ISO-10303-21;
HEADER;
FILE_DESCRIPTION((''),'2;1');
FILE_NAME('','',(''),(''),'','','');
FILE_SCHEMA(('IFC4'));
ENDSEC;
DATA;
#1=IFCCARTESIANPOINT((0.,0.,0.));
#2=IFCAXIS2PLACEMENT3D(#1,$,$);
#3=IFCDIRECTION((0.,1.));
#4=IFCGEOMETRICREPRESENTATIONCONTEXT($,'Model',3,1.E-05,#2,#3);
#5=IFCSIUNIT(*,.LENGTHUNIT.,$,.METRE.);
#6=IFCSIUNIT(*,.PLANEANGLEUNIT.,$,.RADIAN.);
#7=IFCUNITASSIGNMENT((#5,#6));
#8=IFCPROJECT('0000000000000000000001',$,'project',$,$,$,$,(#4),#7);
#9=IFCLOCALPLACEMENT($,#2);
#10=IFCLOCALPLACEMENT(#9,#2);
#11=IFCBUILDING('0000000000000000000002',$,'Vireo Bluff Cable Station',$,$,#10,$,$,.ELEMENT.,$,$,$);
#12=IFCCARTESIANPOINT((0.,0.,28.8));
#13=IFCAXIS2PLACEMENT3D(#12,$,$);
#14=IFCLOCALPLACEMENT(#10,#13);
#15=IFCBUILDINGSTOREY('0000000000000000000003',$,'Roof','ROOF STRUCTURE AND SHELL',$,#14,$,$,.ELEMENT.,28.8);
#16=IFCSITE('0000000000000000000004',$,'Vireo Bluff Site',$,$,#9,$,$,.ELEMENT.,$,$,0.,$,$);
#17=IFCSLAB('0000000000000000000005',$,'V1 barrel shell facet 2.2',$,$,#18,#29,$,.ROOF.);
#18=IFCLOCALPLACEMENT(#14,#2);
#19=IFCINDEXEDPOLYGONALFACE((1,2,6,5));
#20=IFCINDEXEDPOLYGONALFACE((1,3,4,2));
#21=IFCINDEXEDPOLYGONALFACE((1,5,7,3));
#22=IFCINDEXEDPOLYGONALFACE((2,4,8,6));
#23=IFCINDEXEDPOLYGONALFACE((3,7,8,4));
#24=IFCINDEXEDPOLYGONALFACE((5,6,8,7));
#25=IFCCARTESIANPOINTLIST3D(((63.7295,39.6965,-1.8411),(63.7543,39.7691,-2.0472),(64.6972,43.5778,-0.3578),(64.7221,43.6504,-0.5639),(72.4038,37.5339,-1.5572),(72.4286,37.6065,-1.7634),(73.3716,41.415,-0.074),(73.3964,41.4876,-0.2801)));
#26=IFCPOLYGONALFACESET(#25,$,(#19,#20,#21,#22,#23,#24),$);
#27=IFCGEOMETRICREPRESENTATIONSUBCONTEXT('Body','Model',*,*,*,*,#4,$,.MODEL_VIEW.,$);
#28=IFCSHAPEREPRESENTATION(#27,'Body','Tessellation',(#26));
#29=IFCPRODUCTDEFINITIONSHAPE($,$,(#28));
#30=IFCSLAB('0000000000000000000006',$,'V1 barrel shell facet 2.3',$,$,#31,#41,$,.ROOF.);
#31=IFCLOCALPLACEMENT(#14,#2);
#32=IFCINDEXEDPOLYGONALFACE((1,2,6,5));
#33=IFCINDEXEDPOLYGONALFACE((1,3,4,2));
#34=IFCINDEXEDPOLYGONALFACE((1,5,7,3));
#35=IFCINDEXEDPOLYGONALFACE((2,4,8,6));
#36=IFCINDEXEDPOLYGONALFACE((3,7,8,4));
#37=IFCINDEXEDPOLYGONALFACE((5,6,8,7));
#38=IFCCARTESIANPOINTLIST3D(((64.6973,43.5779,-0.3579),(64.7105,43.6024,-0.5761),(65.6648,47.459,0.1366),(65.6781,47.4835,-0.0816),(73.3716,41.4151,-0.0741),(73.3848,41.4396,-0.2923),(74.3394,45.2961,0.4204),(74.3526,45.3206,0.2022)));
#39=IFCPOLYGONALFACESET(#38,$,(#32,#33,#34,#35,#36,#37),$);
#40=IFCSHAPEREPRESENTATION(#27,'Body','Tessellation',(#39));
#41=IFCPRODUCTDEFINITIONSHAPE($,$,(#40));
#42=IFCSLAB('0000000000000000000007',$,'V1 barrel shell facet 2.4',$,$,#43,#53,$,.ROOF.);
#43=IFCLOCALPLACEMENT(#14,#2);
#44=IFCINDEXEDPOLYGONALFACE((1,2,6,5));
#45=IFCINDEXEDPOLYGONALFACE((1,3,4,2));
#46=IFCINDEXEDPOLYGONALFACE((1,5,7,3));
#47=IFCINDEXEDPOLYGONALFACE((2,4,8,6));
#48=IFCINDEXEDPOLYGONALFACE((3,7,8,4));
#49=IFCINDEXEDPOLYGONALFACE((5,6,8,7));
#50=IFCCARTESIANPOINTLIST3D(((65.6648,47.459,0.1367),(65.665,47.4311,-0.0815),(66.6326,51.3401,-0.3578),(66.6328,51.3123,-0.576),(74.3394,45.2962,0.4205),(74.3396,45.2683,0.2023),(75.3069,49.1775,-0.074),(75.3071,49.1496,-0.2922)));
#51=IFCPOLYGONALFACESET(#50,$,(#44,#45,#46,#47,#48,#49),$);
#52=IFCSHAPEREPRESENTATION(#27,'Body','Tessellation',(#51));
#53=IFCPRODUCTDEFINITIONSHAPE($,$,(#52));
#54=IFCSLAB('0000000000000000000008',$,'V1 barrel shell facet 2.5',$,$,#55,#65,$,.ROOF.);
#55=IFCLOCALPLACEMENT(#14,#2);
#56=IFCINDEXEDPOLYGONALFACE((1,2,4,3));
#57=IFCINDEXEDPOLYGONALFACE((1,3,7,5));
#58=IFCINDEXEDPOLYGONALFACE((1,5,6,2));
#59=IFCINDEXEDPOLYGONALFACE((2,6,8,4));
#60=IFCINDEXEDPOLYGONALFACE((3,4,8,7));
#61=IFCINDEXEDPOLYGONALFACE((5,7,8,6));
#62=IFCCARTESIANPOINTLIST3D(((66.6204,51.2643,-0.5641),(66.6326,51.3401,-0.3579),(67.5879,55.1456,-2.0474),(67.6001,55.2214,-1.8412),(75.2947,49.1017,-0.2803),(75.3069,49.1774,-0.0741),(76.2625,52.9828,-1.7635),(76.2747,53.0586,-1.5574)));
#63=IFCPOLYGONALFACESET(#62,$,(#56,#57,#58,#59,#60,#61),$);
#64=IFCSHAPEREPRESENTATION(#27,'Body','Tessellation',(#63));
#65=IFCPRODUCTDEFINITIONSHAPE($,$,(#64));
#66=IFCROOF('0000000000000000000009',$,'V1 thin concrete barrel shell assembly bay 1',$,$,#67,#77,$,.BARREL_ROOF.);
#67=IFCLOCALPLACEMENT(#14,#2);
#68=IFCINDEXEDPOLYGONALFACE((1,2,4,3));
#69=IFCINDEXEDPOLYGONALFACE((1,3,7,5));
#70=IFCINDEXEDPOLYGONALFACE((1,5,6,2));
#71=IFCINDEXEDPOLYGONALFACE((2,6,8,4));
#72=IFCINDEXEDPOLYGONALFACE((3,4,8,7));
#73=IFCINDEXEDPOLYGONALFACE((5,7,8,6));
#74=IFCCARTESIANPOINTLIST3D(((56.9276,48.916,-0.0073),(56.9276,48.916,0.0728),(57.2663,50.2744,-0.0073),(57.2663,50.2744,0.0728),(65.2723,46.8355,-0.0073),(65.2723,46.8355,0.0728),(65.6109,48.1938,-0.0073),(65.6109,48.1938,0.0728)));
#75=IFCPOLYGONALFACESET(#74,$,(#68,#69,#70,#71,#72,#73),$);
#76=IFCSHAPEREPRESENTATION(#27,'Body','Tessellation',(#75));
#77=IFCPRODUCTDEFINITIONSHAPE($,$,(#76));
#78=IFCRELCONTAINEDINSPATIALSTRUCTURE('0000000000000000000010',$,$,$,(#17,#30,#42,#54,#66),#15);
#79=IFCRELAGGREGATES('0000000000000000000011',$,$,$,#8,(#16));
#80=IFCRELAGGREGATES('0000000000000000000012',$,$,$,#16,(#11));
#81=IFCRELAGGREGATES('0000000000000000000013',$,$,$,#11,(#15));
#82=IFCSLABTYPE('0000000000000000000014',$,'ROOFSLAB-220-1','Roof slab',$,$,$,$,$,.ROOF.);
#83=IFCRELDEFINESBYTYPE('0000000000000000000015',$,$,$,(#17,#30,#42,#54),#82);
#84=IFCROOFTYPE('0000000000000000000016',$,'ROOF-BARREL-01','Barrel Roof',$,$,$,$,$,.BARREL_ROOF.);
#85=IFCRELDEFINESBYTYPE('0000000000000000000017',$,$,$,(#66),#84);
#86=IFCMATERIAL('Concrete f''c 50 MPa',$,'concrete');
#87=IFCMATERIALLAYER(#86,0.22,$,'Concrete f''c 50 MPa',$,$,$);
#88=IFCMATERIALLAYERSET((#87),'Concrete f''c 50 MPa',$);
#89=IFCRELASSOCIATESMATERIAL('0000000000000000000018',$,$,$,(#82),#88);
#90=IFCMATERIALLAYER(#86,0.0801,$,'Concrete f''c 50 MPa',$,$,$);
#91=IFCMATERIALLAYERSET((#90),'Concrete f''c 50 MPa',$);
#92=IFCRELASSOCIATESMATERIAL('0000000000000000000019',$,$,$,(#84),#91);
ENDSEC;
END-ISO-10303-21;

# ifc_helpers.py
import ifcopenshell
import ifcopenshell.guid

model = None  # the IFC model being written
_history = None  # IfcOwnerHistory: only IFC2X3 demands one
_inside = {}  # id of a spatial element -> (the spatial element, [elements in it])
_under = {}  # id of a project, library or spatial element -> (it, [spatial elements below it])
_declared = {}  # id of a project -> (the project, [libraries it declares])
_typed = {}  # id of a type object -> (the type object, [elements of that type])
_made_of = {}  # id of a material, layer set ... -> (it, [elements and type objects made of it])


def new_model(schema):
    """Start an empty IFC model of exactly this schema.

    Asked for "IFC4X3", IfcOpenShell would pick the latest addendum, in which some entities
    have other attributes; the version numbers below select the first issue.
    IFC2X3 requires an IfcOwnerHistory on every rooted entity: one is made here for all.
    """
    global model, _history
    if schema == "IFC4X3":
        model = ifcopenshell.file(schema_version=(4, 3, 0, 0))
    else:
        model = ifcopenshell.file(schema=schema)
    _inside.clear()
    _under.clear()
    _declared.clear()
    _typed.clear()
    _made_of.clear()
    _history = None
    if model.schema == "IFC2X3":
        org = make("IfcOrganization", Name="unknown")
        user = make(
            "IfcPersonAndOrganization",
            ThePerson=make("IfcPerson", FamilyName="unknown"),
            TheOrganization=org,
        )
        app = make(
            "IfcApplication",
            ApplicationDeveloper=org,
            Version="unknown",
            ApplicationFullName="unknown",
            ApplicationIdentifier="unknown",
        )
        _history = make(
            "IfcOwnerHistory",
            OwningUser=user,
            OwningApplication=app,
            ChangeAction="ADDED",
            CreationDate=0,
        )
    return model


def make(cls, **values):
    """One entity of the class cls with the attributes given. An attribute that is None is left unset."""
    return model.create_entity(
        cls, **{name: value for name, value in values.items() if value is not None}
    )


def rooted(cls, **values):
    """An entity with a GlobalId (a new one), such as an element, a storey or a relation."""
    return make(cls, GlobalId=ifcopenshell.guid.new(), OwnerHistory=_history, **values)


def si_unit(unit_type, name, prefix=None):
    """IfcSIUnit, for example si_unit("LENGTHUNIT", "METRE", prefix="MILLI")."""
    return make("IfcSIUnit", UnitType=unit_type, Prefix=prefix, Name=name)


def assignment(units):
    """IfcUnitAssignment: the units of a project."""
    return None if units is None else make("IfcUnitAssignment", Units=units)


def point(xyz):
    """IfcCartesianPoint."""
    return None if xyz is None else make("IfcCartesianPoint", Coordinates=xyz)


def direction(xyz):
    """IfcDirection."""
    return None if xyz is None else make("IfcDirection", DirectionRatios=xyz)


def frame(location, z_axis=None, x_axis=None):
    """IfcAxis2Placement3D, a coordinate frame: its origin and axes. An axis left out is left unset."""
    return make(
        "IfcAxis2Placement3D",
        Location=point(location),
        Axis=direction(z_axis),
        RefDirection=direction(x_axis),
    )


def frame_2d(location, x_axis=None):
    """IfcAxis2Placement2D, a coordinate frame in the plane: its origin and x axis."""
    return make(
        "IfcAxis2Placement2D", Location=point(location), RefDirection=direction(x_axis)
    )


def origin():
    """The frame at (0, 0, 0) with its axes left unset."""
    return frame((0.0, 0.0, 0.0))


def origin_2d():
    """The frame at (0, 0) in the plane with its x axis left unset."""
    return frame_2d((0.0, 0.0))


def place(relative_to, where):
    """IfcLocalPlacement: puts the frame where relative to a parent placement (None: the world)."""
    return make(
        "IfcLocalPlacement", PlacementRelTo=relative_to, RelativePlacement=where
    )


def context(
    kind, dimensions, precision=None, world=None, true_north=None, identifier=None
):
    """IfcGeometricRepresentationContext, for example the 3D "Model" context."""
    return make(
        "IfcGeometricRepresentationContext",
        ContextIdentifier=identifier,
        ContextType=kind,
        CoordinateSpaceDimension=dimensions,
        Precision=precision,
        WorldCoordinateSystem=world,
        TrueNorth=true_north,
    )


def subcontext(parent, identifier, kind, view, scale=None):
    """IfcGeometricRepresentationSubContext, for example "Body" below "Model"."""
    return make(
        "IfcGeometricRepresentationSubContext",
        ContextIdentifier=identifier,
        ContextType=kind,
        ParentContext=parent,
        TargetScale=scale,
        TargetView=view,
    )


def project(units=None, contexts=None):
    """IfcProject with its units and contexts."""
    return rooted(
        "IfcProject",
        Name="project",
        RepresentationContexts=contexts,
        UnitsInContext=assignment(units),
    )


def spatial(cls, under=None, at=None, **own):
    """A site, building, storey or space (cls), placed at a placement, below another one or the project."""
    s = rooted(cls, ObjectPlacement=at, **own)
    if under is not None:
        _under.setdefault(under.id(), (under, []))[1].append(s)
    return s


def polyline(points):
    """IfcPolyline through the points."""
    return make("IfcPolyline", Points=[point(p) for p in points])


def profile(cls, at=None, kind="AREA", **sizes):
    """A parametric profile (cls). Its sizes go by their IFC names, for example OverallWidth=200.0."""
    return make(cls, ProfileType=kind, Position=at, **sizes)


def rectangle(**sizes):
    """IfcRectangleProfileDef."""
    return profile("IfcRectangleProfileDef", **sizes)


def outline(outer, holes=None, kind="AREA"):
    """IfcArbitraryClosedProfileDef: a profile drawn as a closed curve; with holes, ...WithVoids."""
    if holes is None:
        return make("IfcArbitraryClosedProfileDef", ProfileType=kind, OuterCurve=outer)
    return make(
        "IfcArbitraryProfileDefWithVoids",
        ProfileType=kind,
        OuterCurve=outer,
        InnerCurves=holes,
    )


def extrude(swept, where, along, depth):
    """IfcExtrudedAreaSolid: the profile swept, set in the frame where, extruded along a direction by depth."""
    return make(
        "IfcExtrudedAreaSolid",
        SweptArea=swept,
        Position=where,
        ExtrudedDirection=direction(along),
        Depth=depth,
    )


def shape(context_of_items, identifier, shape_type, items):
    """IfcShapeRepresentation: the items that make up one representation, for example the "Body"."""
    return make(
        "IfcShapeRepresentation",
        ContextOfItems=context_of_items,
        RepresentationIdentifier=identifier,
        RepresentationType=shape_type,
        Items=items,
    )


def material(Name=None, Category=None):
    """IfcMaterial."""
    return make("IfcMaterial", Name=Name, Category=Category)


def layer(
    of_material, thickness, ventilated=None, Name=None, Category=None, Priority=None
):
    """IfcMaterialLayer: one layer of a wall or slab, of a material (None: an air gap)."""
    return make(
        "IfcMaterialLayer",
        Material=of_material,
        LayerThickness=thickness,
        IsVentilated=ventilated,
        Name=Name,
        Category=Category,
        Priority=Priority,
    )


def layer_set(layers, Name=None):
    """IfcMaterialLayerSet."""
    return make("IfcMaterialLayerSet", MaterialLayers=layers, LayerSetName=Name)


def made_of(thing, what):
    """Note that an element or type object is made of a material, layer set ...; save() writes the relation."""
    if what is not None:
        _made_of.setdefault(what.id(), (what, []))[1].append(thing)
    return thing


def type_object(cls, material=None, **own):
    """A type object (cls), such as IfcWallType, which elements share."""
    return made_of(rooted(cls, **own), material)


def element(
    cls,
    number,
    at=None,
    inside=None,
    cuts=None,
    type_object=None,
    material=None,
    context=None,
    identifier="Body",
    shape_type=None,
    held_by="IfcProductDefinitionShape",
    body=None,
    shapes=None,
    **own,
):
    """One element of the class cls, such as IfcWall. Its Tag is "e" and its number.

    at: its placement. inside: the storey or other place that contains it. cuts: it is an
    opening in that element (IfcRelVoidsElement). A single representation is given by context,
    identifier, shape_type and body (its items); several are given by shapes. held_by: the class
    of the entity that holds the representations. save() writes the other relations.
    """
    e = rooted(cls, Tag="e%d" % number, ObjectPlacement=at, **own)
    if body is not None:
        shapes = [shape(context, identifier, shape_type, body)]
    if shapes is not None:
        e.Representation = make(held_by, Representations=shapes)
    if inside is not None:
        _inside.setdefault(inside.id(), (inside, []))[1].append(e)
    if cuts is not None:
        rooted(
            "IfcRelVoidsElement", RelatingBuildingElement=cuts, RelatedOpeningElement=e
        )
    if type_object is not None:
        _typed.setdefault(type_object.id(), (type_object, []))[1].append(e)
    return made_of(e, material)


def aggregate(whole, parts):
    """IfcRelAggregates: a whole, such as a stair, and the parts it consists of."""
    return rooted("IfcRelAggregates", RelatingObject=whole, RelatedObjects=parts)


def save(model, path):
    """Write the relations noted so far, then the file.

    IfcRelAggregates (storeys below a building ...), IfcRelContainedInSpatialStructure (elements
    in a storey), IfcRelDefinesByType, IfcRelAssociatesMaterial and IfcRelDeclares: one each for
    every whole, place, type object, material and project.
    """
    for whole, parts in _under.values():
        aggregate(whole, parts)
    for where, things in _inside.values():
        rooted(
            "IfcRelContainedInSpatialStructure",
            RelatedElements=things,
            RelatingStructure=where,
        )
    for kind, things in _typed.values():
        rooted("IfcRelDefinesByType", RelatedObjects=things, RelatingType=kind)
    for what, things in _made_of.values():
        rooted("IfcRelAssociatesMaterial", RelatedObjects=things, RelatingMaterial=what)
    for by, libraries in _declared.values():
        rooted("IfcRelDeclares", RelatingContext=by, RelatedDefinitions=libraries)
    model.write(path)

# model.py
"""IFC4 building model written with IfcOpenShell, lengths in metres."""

from ifc_helpers import new_model, si_unit, direction, frame, origin, origin_2d, place, context, subcontext, project, spatial, polyline, rectangle, outline, extrude, material, layer, layer_set, type_object, element, save


model = new_model("IFC4")

# Units and contexts
model_context = context("Model", 3, precision=1e-05, world=origin(), true_north=direction((0.0, 1.0)))
body_context = subcontext(model_context, "Body", "Model", "MODEL_VIEW")
ifc_project = project(units=[si_unit("LENGTHUNIT", "METRE"), si_unit("PLANEANGLEUNIT", "RADIAN")], contexts=[model_context])

# Site, building, storey
site_placement = place(None, origin())
site = spatial("IfcSite", under=ifc_project, at=site_placement, Name="Vireo Bluff Site", CompositionType="ELEMENT", RefElevation=0.0)
building_placement = place(site_placement, origin())
building = spatial("IfcBuilding", under=site, at=building_placement, Name="Vireo Bluff Cable Station", CompositionType="ELEMENT")
storey_placement = place(building_placement, frame((0.0, 0.0, 28.8)))
storey = spatial("IfcBuildingStorey", under=building, at=storey_placement, Name="Roof", Description="ROOF STRUCTURE AND SHELL", CompositionType="ELEMENT", Elevation=28.8)

# Slabs
ifc_material_1 = material(Name="Concrete f'c 50 MPa", Category="concrete")
ifc_layer_1 = layer(ifc_material_1, 0.22, Name="Concrete f'c 50 MPa")
ifc_layer_set_1 = layer_set([ifc_layer_1], Name="Concrete f'c 50 MPa")
slab_type = type_object("IfcSlabType", Name="ROOFSLAB-220-1", Description="Roof slab", PredefinedType="ROOF", material=ifc_layer_set_1)
slab_1_placement = place(storey_placement, frame((63.7295, 39.6965, -1.8411), z_axis=(-0.112942, -0.330005, 0.937199), x_axis=(0.96981, -0.24179, 0.031734)))
element("IfcSlab", 1, at=slab_1_placement, inside=storey, type_object=slab_type, Name="V1 barrel shell facet 2.2", PredefinedType="ROOF", context=body_context, shape_type="SweptSolid", body=[
    extrude(outline(polyline([(0.0, 0.0), (8.9443, 0.0), (8.9916, 4.2659), (0.0472, 4.266), (0.0, 0.0)])), origin(), (0.0, 0.0, -1.0), 0.22),
])
slab_2_placement = place(storey_placement, frame((64.6973, 43.5779, -0.3579), z_axis=(-0.060224, -0.111373, 0.991952), x_axis=(0.969805, -0.241808, 0.03173)))
element("IfcSlab", 2, at=slab_2_placement, inside=storey, type_object=slab_type, Name="V1 barrel shell facet 2.3", PredefinedType="ROOF", context=body_context, shape_type="SweptSolid", body=[
    extrude(outline(polyline([(0.0, 0.0), (8.9444, 0.0), (8.9602, 4.0303), (0.0155, 4.0303), (0.0, 0.0)])), origin(), (0.0, 0.0, -1.0), 0.22),
])
slab_3_placement = place(storey_placement, frame((65.6648, 47.459, 0.1367), z_axis=(-0.000889, 0.126606, 0.991953), x_axis=(0.969807, -0.241802, 0.031732)))
element("IfcSlab", 3, at=slab_3_placement, inside=storey, type_object=slab_type, Name="V1 barrel shell facet 2.4", PredefinedType="ROOF", context=body_context, shape_type="SweptSolid", body=[
    extrude(outline(polyline([(0.0, 0.0), (8.9446, 0.0), (8.9287, 4.0305), (-0.0156, 4.0304), (0.0, 0.0)])), origin(), (0.0, 0.0, -1.0), 0.22),
])
slab_4_placement = place(storey_placement, frame((66.6326, 51.3401, -0.3579), z_axis=(0.055203, 0.344403, 0.937198), x_axis=(0.96981, -0.24179, 0.031729)))
element("IfcSlab", 4, at=slab_4_placement, inside=storey, type_object=slab_type, Name="V1 barrel shell facet 2.5", PredefinedType="ROOF", context=body_context, shape_type="SweptSolid", body=[
    extrude(outline(polyline([(0.0, 0.0), (8.9443, 0.0), (8.8974, 4.2659), (-0.0472, 4.266), (0.0, 0.0)])), origin(), (0.0, 0.0, -1.0), 0.22),
])

# Roof
ifc_layer_2 = layer(ifc_material_1, 0.0801, Name="Concrete f'c 50 MPa")
ifc_layer_set_2 = layer_set([ifc_layer_2], Name="Concrete f'c 50 MPa")
roof_type = type_object("IfcRoofType", Name="ROOF-BARREL-01", Description="Barrel Roof", PredefinedType="BARREL_ROOF", material=ifc_layer_set_2)
roof_placement = place(storey_placement, frame((61.2693, 48.5549, -0.0073), z_axis=(0.0, 0.0, 1.0), x_axis=(0.970296, -0.241922, 0.0)))
element("IfcRoof", 5, at=roof_placement, inside=storey, type_object=roof_type, Name="V1 thin concrete barrel shell assembly bay 1", PredefinedType="BARREL_ROOF", context=body_context, shape_type="SweptSolid", body=[
    extrude(rectangle(XDim=8.6001, YDim=1.3999, at=origin_2d()), origin(), (0.0, 0.0, 1.0), 0.0801),
])

save(model, "model.ifc")
